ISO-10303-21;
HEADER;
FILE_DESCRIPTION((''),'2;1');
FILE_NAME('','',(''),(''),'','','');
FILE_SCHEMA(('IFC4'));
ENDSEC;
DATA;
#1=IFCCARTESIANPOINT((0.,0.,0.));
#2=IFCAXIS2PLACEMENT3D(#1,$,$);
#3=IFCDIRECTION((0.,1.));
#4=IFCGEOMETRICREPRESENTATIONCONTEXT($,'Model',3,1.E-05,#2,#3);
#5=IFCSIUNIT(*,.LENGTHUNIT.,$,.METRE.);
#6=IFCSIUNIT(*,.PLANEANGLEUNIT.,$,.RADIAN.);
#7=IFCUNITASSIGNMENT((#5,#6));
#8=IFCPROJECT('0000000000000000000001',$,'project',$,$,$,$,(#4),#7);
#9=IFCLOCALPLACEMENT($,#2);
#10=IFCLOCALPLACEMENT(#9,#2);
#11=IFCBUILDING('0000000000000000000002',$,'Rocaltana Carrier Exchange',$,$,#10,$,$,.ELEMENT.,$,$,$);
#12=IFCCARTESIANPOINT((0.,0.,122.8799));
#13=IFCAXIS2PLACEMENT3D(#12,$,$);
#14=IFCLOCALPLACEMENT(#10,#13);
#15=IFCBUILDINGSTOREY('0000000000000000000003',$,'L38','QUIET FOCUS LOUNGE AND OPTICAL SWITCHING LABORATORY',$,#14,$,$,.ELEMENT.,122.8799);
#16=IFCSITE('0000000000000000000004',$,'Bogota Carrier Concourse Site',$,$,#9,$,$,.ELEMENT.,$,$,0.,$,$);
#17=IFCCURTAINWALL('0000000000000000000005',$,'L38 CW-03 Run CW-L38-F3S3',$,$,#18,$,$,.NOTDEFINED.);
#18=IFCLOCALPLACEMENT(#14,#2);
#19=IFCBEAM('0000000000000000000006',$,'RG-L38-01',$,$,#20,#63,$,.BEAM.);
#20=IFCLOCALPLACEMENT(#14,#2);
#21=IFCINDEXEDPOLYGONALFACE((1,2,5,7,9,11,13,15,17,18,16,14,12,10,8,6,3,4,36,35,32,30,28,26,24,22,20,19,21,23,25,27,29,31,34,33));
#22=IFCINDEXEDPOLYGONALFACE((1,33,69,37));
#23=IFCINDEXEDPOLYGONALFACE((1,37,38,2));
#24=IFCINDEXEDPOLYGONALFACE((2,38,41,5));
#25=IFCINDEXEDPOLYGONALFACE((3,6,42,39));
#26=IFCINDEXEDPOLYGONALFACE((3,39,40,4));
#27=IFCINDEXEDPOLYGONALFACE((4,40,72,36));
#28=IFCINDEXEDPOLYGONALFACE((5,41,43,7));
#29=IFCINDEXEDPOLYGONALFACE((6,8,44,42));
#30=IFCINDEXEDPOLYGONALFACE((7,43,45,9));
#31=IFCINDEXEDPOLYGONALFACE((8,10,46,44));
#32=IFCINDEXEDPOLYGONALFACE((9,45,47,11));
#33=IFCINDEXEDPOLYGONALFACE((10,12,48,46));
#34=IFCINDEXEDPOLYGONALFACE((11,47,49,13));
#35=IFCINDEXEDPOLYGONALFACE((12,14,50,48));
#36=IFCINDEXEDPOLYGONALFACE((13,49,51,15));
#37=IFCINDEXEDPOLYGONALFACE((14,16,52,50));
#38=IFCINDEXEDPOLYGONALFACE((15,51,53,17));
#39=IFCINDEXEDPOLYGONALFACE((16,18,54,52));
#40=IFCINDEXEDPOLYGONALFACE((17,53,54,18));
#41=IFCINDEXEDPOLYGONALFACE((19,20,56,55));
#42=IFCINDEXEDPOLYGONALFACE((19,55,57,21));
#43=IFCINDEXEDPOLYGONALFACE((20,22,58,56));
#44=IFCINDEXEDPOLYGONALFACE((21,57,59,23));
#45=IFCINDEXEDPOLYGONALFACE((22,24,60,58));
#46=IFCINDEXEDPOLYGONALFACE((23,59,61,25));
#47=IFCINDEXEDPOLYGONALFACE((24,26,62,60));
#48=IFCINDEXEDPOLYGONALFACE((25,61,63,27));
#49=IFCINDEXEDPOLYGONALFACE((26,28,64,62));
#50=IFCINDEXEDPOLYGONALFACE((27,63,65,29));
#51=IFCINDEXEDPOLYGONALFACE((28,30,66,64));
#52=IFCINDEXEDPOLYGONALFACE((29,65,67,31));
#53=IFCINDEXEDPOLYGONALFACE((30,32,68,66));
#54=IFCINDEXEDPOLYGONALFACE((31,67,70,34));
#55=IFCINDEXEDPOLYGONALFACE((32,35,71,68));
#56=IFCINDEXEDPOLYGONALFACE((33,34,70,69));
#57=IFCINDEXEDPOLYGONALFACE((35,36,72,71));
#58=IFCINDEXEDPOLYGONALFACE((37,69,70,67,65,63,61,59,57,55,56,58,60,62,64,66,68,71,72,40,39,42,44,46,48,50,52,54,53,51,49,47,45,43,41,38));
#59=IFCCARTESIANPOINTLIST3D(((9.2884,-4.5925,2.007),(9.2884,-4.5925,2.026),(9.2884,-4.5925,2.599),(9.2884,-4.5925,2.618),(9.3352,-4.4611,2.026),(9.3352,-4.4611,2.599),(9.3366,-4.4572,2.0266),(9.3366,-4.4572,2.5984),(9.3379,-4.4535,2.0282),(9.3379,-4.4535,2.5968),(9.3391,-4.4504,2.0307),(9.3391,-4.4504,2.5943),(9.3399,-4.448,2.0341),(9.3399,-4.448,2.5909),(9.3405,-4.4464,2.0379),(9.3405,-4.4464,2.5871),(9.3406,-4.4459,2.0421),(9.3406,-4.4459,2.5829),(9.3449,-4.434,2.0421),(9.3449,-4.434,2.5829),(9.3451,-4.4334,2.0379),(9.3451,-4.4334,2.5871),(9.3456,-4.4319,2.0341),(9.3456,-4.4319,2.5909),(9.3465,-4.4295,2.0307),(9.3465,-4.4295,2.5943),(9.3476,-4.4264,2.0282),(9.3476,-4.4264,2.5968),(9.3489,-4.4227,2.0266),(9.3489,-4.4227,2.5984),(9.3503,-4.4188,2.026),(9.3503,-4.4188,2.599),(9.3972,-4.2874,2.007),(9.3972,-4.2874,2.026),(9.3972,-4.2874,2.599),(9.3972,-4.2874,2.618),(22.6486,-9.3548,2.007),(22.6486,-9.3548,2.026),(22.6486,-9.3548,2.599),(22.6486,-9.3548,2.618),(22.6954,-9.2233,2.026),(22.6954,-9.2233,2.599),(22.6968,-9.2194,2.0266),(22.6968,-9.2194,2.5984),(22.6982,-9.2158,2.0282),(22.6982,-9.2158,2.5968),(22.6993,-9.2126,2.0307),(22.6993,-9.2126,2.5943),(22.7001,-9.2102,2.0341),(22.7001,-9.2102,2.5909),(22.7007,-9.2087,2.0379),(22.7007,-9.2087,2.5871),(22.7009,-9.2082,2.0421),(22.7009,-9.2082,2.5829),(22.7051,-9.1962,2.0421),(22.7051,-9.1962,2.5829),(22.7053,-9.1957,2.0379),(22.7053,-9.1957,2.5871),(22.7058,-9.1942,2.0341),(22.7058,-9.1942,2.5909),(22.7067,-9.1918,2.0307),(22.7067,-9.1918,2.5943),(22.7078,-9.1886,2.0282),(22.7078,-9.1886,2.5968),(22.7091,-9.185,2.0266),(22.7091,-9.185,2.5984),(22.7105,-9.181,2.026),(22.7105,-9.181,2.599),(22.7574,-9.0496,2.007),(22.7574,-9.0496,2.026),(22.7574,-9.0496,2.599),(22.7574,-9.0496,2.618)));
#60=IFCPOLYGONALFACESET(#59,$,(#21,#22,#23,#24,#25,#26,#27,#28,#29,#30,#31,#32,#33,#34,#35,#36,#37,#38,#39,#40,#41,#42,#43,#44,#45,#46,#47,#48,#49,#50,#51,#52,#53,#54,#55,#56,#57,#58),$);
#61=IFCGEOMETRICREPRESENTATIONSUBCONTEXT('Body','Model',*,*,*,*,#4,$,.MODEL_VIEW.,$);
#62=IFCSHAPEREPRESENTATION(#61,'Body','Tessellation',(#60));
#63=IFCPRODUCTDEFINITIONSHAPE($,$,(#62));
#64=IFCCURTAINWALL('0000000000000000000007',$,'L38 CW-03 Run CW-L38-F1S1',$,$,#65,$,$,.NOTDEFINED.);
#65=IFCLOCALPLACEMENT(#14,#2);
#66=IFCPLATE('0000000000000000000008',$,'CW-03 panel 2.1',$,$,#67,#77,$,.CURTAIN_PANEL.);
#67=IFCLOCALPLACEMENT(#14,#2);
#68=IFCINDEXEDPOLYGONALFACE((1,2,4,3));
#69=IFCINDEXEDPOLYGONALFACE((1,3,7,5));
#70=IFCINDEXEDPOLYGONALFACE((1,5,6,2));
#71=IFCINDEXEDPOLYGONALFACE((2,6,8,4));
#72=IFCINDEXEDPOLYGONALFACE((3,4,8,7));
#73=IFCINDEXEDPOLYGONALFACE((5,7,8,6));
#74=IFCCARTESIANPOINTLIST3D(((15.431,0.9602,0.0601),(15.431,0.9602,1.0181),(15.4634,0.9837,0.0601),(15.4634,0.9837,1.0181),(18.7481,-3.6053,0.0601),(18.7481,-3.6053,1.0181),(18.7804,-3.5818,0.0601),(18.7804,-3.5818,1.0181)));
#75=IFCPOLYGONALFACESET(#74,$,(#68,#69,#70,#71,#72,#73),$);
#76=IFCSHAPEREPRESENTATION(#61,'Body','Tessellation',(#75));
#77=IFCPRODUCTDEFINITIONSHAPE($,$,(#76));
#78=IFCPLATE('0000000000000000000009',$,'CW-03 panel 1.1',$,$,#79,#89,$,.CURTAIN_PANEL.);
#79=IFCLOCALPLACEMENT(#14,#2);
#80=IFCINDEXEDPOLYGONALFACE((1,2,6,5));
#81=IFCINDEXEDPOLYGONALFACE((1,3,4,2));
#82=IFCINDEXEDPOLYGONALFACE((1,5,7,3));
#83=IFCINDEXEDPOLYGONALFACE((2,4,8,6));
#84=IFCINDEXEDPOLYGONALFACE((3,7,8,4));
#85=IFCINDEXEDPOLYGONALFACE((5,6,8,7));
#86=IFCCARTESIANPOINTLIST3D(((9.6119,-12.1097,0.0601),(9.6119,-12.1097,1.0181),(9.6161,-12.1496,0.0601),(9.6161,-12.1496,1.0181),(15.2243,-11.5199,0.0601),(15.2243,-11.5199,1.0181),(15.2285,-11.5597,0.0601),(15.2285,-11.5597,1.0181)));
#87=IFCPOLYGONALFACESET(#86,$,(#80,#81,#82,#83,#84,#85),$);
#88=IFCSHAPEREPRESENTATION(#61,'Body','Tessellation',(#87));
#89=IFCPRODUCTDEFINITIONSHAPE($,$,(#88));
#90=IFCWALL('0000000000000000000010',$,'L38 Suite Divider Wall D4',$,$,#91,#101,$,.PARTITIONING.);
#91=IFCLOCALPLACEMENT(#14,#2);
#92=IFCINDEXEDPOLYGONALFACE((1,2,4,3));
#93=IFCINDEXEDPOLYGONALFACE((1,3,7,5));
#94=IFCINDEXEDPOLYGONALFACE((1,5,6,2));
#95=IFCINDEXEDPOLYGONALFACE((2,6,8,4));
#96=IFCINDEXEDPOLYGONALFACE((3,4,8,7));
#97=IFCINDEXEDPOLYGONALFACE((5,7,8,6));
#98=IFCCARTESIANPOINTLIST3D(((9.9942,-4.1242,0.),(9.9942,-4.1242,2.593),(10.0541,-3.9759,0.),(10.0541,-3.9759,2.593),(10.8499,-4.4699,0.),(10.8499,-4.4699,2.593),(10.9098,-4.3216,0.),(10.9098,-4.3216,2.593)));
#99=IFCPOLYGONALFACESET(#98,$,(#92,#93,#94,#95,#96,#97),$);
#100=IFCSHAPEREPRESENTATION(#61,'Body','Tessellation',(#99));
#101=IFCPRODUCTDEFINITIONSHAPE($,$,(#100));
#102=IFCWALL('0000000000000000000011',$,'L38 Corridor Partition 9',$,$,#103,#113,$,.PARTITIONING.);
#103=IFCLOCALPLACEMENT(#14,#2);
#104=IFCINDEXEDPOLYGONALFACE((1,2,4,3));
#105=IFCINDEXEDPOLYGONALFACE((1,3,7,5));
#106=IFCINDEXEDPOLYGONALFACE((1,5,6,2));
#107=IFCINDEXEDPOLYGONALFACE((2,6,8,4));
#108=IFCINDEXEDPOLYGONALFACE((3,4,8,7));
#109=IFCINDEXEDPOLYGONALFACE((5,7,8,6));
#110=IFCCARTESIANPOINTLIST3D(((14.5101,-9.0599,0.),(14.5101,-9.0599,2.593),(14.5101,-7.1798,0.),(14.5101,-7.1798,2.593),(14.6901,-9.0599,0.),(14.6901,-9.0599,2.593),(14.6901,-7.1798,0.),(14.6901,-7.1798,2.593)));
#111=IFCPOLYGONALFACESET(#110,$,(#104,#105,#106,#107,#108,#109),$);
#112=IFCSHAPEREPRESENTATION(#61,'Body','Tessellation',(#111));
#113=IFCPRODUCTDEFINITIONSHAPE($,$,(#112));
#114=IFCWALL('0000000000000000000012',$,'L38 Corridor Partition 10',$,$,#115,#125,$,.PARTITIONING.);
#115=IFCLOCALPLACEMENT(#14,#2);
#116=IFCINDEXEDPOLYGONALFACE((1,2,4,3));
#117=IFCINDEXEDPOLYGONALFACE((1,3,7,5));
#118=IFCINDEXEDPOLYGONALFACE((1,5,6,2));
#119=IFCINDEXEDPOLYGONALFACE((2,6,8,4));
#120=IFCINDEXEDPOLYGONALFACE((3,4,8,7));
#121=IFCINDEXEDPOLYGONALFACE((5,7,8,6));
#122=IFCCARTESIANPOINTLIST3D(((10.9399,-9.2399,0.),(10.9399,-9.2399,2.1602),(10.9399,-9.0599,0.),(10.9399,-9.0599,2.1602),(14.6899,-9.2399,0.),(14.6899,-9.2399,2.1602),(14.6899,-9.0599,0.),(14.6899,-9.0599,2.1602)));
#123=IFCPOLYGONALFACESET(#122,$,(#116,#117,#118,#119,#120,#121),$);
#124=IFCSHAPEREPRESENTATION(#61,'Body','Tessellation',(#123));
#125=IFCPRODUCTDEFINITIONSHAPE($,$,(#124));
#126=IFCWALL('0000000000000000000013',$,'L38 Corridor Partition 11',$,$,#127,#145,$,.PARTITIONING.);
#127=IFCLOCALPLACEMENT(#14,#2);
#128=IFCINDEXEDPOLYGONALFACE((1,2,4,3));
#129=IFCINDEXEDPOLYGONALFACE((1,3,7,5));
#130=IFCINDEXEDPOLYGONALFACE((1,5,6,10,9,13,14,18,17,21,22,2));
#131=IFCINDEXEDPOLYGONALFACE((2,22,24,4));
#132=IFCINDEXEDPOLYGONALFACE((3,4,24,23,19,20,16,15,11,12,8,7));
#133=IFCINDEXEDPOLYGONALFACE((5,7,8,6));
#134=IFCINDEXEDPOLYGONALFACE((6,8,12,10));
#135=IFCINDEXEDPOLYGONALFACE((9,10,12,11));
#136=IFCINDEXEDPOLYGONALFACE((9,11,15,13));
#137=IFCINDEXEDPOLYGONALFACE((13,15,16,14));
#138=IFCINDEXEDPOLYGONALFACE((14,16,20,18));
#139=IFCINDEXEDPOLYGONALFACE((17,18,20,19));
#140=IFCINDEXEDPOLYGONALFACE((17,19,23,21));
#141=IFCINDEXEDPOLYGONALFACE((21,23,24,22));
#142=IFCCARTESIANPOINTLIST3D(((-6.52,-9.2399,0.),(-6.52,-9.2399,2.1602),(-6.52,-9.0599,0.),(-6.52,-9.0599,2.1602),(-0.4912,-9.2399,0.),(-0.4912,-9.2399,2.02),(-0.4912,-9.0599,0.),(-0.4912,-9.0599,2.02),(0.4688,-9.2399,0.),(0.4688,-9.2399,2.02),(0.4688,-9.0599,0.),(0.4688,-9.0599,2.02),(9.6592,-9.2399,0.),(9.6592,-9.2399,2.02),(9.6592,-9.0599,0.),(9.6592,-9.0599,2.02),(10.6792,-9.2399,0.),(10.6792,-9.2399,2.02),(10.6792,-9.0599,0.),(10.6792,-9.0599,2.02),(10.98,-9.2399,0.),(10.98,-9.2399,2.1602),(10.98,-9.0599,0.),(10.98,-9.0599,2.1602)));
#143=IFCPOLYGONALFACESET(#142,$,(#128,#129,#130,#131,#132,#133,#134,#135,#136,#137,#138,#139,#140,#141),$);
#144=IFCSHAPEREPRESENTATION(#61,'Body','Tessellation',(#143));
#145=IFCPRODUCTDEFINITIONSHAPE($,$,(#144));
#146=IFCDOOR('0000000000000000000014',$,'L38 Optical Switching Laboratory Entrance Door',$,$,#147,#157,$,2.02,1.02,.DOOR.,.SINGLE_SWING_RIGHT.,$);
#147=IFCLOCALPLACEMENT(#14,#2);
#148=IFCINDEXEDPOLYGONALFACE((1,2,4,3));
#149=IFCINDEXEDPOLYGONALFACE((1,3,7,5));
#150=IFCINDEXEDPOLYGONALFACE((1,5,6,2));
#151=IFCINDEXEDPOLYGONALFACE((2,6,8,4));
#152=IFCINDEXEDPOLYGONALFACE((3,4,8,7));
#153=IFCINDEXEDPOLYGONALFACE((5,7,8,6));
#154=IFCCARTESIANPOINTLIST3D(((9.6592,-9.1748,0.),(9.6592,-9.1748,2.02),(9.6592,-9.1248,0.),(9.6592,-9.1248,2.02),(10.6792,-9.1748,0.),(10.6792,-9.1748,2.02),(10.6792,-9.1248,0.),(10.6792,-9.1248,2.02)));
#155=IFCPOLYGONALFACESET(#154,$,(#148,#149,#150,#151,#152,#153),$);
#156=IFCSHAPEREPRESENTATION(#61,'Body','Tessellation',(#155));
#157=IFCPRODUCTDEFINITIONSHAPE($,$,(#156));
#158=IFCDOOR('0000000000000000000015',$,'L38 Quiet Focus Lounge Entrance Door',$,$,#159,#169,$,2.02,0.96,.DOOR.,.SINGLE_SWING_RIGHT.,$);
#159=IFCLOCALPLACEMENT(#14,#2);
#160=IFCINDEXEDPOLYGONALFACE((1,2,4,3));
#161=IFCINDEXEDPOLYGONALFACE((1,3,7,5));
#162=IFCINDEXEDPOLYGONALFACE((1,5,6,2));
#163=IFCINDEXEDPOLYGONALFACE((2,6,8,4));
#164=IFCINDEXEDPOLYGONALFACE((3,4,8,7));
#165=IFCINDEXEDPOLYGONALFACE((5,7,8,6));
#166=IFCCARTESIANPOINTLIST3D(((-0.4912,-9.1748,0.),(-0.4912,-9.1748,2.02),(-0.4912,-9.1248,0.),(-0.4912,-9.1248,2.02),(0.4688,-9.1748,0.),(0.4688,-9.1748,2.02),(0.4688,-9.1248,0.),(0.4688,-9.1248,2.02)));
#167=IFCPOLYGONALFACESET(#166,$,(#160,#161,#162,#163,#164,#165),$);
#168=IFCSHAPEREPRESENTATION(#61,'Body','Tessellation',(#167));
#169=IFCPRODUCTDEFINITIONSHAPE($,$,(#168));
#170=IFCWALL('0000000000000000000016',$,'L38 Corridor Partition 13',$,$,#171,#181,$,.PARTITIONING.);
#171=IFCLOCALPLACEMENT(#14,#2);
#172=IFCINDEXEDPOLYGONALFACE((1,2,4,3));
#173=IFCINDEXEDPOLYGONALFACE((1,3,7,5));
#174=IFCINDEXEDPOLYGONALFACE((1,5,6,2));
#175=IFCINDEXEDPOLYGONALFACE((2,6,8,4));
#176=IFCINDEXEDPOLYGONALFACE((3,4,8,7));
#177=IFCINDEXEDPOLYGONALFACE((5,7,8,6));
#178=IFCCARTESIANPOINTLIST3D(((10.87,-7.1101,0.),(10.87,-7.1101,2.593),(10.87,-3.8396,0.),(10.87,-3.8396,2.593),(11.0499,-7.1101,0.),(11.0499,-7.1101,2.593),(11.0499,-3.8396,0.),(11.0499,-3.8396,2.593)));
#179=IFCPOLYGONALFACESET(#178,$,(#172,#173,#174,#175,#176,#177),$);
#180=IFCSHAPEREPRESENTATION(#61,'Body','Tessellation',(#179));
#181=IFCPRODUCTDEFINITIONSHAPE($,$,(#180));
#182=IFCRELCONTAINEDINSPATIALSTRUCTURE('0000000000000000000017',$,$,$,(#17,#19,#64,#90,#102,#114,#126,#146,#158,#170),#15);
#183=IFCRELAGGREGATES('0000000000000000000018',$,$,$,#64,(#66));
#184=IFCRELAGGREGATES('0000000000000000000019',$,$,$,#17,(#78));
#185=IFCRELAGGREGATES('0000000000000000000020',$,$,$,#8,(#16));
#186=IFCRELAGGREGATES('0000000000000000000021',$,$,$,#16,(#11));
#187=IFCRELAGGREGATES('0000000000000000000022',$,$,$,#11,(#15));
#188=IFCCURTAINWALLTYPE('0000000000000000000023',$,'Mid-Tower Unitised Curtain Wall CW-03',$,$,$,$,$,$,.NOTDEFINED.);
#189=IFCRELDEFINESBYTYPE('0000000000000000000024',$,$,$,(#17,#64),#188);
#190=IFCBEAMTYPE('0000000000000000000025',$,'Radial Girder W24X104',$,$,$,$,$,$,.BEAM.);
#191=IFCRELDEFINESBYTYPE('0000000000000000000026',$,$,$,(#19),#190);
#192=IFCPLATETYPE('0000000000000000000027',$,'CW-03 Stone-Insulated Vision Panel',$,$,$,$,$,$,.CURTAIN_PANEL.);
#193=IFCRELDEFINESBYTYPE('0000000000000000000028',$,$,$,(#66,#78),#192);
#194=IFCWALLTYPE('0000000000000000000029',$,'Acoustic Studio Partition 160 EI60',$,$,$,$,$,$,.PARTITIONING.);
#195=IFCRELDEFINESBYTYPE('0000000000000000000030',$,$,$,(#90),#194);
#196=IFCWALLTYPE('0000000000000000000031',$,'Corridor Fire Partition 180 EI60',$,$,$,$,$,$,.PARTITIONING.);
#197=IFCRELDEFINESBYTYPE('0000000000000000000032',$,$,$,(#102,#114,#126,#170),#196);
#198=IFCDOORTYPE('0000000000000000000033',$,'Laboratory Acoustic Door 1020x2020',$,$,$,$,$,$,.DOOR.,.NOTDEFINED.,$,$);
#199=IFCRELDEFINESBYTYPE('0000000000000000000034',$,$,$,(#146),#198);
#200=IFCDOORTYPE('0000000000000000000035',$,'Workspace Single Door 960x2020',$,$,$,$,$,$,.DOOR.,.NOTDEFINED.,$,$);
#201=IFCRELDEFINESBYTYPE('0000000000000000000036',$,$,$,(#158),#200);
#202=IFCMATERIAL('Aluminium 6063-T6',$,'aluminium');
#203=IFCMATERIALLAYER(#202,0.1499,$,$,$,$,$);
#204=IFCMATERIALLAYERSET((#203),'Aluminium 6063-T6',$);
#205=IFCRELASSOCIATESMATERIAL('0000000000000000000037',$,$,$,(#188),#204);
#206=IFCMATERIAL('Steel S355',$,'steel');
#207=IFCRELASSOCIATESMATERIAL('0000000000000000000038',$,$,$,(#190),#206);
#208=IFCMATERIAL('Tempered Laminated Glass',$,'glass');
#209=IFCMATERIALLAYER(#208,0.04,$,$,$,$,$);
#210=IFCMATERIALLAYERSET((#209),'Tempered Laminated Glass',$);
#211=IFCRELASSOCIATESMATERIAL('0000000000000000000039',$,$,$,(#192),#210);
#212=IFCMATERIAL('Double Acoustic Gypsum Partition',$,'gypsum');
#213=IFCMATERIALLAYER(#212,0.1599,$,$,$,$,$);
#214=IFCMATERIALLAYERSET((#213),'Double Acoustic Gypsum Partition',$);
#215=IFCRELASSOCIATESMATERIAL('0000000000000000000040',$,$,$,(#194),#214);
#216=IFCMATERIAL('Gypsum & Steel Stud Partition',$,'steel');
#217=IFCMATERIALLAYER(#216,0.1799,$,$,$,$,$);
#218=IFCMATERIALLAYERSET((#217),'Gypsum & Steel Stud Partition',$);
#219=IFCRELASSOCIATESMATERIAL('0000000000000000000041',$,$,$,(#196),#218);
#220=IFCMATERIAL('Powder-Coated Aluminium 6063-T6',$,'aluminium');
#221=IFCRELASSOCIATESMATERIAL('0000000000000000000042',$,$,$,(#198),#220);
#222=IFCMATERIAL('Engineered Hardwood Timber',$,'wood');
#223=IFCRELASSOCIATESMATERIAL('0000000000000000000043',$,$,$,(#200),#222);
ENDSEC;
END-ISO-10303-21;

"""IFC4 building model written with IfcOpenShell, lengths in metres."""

from ifc_helpers import new_model, si_unit, direction, frame, frame_2d, origin, origin_2d, place, context, subcontext, project, spatial, rectangle, i_section, extrude, material, layer, layer_set, material_profile, profile_set, type_object, element, fill, aggregate, save


model = new_model("IFC4")

# Units and contexts
model_context = context("Model", 3, precision=1e-05, world=origin(), true_north=direction((0.0, 1.0)))
body_context = subcontext(model_context, "Body", "Model", "MODEL_VIEW")
ifc_project = project(units=[si_unit("LENGTHUNIT", "METRE"), si_unit("PLANEANGLEUNIT", "RADIAN")], contexts=[model_context])

# Site, building, storey
site_placement = place(None, origin())
site = spatial("IfcSite", under=ifc_project, at=site_placement, Name="Bogota Carrier Concourse Site", CompositionType="ELEMENT", RefElevation=0.0)
building_placement = place(site_placement, origin())
building = spatial("IfcBuilding", under=site, at=building_placement, Name="Rocaltana Carrier Exchange", CompositionType="ELEMENT")
storey_placement = place(building_placement, frame((0.0, 0.0, 122.8799)))
storey = spatial("IfcBuildingStorey", under=building, at=storey_placement, Name="L38", Description="QUIET FOCUS LOUNGE AND OPTICAL SWITCHING LABORATORY", CompositionType="ELEMENT", Elevation=122.8799)

# Curtain wall
ifc_material_1 = material(Name="Aluminium 6063-T6", Category="aluminium")
ifc_layer_1 = layer(ifc_material_1, 0.1499)
ifc_layer_set_1 = layer_set([ifc_layer_1], Name="Aluminium 6063-T6")
curtain_wall_type = type_object("IfcCurtainWallType", Name="Mid-Tower Unitised Curtain Wall CW-03", PredefinedType="NOTDEFINED", material=ifc_layer_set_1)
curtain_wall_1_placement = place(storey_placement, origin())
curtain_wall_1 = element("IfcCurtainWall", 1, at=curtain_wall_1_placement, inside=storey, type_object=curtain_wall_type, Name="L38 CW-03 Run CW-L38-F3S3", PredefinedType="NOTDEFINED")

# Beam
ifc_material_2 = material(Name="Steel S355", Category="steel")
ifc_material_profile_1 = material_profile(ifc_material_2, i_section(OverallWidth=0.324, OverallDepth=0.6111, WebThickness=0.0127, FlangeThickness=0.019, FilletRadius=0.0161, at=origin_2d()), Name="W24X104")
ifc_profile_set_1 = profile_set([ifc_material_profile_1], Name="Steel S355")
beam_type_1 = type_object("IfcBeamType", Name="Radial Girder W24X104", PredefinedType="BEAM", material=ifc_profile_set_1)
beam_1_placement = place(storey_placement, frame((9.3428, -4.4399, 2.3125), z_axis=(0.941949, -0.335757, 0.0), x_axis=(0.335757, 0.941949, 0.0)))
element("IfcBeam", 2, at=beam_1_placement, inside=storey, type_object=beam_type_1, Name="RG-L38-01", PredefinedType="BEAM", context=body_context, shape_type="SweptSolid", body=[
    extrude(i_section(OverallWidth=0.324, OverallDepth=0.6111, WebThickness=0.0127, FlangeThickness=0.019, FilletRadius=0.0161, at=origin_2d()), origin(), (0.0, 0.0, 1.0), 14.1836),
])

# Curtain wall, plate
curtain_wall_2_placement = place(storey_placement, origin())
curtain_wall_2 = element("IfcCurtainWall", 3, at=curtain_wall_2_placement, inside=storey, type_object=curtain_wall_type, Name="L38 CW-03 Run CW-L38-F1S1", PredefinedType="NOTDEFINED")
ifc_material_3 = material(Name="Tempered Laminated Glass", Category="glass")
ifc_layer_2 = layer(ifc_material_3, 0.04)
ifc_layer_set_2 = layer_set([ifc_layer_2], Name="Tempered Laminated Glass")
plate_type = type_object("IfcPlateType", Name="CW-03 Stone-Insulated Vision Panel", PredefinedType="CURTAIN_PANEL", material=ifc_layer_set_2)
plate_1_placement = place(storey_placement, frame((17.1057, -1.3108, 0.0601), z_axis=(0.0, 0.0, 1.0), x_axis=(-0.58779, 0.809014, 0.0)))
plate_1 = element("IfcPlate", 4, at=plate_1_placement, type_object=plate_type, Name="CW-03 panel 2.1", PredefinedType="CURTAIN_PANEL", context=body_context, shape_type="SweptSolid", body=[
    extrude(rectangle(XDim=5.6433, YDim=0.04, at=origin_2d()), origin(), (0.0, 0.0, 1.0), 0.958),
])
aggregate(curtain_wall_2, [plate_1])

# Plate
plate_2_placement = place(storey_placement, frame((12.4202, -11.8347, 0.0601), z_axis=(0.0, 0.0, 1.0), x_axis=(0.994523, 0.104522, 0.0)))
plate_2 = element("IfcPlate", 5, at=plate_2_placement, type_object=plate_type, Name="CW-03 panel 1.1", PredefinedType="CURTAIN_PANEL", context=body_context, shape_type="SweptSolid", body=[
    extrude(rectangle(XDim=5.6433, YDim=0.04, at=origin_2d()), origin(), (0.0, 0.0, 1.0), 0.958),
])
aggregate(curtain_wall_1, [plate_2])

# Walls
ifc_material_4 = material(Name="Double Acoustic Gypsum Partition", Category="gypsum")
ifc_layer_3 = layer(ifc_material_4, 0.1599)
ifc_layer_set_3 = layer_set([ifc_layer_3], Name="Double Acoustic Gypsum Partition")
wall_type_1 = type_object("IfcWallType", Name="Acoustic Studio Partition 160 EI60", PredefinedType="PARTITIONING", material=ifc_layer_set_3)
wall_1_placement = place(storey_placement, frame((10.0242, -4.05, 0.0), z_axis=(0.0, 0.0, 1.0), x_axis=(0.927194, -0.374581, 0.0)))
element("IfcWall", 6, at=wall_1_placement, inside=storey, type_object=wall_type_1, Name="L38 Suite Divider Wall D4", PredefinedType="PARTITIONING", context=body_context, shape_type="SweptSolid", body=[
    extrude(rectangle(XDim=0.9229, YDim=0.1599, at=frame_2d((0.4614, 0.0))), origin(), (0.0, 0.0, 1.0), 2.593),
])
ifc_material_5 = material(Name="Gypsum & Steel Stud Partition", Category="steel")
ifc_layer_4 = layer(ifc_material_5, 0.1799)
ifc_layer_set_4 = layer_set([ifc_layer_4], Name="Gypsum & Steel Stud Partition")
wall_type_2 = type_object("IfcWallType", Name="Corridor Fire Partition 180 EI60", PredefinedType="PARTITIONING", material=ifc_layer_set_4)
wall_2_placement = place(storey_placement, frame((14.6001, -7.1799, 0.0), z_axis=(0.0, 0.0, 1.0), x_axis=(0.0, -1.0, 0.0)))
element("IfcWall", 7, at=wall_2_placement, inside=storey, type_object=wall_type_2, Name="L38 Corridor Partition 9", PredefinedType="PARTITIONING", context=body_context, shape_type="SweptSolid", body=[
    extrude(rectangle(XDim=1.8801, YDim=0.1799, at=frame_2d((0.9399, 0.0))), origin(), (0.0, 0.0, 1.0), 2.593),
])
wall_3_placement = place(storey_placement, frame((14.6899, -9.1499, 0.0), z_axis=(0.0, 0.0, 1.0), x_axis=(-1.0, 0.0, 0.0)))
element("IfcWall", 8, at=wall_3_placement, inside=storey, type_object=wall_type_2, Name="L38 Corridor Partition 10", PredefinedType="PARTITIONING", context=body_context, shape_type="SweptSolid", body=[
    extrude(rectangle(XDim=3.75, YDim=0.1799, at=frame_2d((1.875, 0.0))), origin(), (0.0, 0.0, 1.0), 2.1602),
])

# Wall, openings, doors
wall_4_placement = place(storey_placement, frame((10.98, -9.1499, 0.0), z_axis=(0.0, 0.0, 1.0), x_axis=(-1.0, 0.0, 0.0)))
wall_4 = element("IfcWall", 9, at=wall_4_placement, inside=storey, type_object=wall_type_2, Name="L38 Corridor Partition 11", PredefinedType="PARTITIONING", context=body_context, shape_type="SweptSolid", body=[
    extrude(rectangle(XDim=17.5, YDim=0.1799, at=frame_2d((8.75, 0.0))), origin(), (0.0, 0.0, 1.0), 2.1602),
])
opening_1_placement = place(wall_4_placement, frame((10.5112, 0.0, 0.0)))
opening_1 = element("IfcOpeningElement", 10, at=opening_1_placement, cuts=wall_4, PredefinedType="OPENING", context=body_context, shape_type="SweptSolid", body=[
    extrude(rectangle(XDim=0.96, YDim=2.02, at=frame_2d((0.48, 1.01))), frame((0.0, 0.0999, 0.0), z_axis=(0.0, -1.0, 0.0), x_axis=(1.0, 0.0, 0.0)), (0.0, 0.0, 1.0), 0.2),
])
opening_2_placement = place(wall_4_placement, frame((0.3008, 0.0, 0.0)))
opening_2 = element("IfcOpeningElement", 11, at=opening_2_placement, cuts=wall_4, PredefinedType="OPENING", context=body_context, shape_type="SweptSolid", body=[
    extrude(rectangle(XDim=1.02, YDim=2.02, at=frame_2d((0.51, 1.01))), frame((0.0, 0.0999, 0.0), z_axis=(0.0, -1.0, 0.0), x_axis=(1.0, 0.0, 0.0)), (0.0, 0.0, 1.0), 0.2),
])
ifc_material_6 = material(Name="Powder-Coated Aluminium 6063-T6", Category="aluminium")
door_type_1 = type_object("IfcDoorType", Name="Laboratory Acoustic Door 1020x2020", OperationType="NOTDEFINED", PredefinedType="DOOR", material=ifc_material_6)
door_1_placement = place(opening_2_placement, origin())
door_1 = element("IfcDoor", 12, at=door_1_placement, inside=storey, type_object=door_type_1, Name="L38 Optical Switching Laboratory Entrance Door", OperationType="SINGLE_SWING_RIGHT", OverallHeight=2.02, OverallWidth=1.02, PredefinedType="DOOR", context=body_context, shape_type="SweptSolid", body=[
    extrude(rectangle(XDim=1.02, YDim=2.02, at=frame_2d((0.51, 1.01))), frame((0.0, 0.0249, 0.0), z_axis=(0.0, -1.0, 0.0), x_axis=(1.0, 0.0, 0.0)), (0.0, 0.0, 1.0), 0.05),
])
fill(opening_2, door_1)
ifc_material_7 = material(Name="Engineered Hardwood Timber", Category="wood")
door_type_2 = type_object("IfcDoorType", Name="Workspace Single Door 960x2020", OperationType="NOTDEFINED", PredefinedType="DOOR", material=ifc_material_7)
door_2_placement = place(opening_1_placement, origin())
door_2 = element("IfcDoor", 13, at=door_2_placement, inside=storey, type_object=door_type_2, Name="L38 Quiet Focus Lounge Entrance Door", OperationType="SINGLE_SWING_RIGHT", OverallHeight=2.02, OverallWidth=0.96, PredefinedType="DOOR", context=body_context, shape_type="SweptSolid", body=[
    extrude(rectangle(XDim=0.96, YDim=2.02, at=frame_2d((0.48, 1.01))), frame((0.0, 0.0249, 0.0), z_axis=(0.0, -1.0, 0.0), x_axis=(1.0, 0.0, 0.0)), (0.0, 0.0, 1.0), 0.05),
])
fill(opening_1, door_2)

# Wall
wall_5_placement = place(storey_placement, frame((10.96, -7.1101, 0.0), z_axis=(0.0, 0.0, 1.0), x_axis=(0.0, 1.0, 0.0)))
element("IfcWall", 14, at=wall_5_placement, inside=storey, type_object=wall_type_2, Name="L38 Corridor Partition 13", PredefinedType="PARTITIONING", context=body_context, shape_type="SweptSolid", body=[
    extrude(rectangle(XDim=3.2705, YDim=0.1799, at=frame_2d((1.6353, 0.0))), origin(), (0.0, 0.0, 1.0), 2.593),
])

save(model, "model.ifc")
